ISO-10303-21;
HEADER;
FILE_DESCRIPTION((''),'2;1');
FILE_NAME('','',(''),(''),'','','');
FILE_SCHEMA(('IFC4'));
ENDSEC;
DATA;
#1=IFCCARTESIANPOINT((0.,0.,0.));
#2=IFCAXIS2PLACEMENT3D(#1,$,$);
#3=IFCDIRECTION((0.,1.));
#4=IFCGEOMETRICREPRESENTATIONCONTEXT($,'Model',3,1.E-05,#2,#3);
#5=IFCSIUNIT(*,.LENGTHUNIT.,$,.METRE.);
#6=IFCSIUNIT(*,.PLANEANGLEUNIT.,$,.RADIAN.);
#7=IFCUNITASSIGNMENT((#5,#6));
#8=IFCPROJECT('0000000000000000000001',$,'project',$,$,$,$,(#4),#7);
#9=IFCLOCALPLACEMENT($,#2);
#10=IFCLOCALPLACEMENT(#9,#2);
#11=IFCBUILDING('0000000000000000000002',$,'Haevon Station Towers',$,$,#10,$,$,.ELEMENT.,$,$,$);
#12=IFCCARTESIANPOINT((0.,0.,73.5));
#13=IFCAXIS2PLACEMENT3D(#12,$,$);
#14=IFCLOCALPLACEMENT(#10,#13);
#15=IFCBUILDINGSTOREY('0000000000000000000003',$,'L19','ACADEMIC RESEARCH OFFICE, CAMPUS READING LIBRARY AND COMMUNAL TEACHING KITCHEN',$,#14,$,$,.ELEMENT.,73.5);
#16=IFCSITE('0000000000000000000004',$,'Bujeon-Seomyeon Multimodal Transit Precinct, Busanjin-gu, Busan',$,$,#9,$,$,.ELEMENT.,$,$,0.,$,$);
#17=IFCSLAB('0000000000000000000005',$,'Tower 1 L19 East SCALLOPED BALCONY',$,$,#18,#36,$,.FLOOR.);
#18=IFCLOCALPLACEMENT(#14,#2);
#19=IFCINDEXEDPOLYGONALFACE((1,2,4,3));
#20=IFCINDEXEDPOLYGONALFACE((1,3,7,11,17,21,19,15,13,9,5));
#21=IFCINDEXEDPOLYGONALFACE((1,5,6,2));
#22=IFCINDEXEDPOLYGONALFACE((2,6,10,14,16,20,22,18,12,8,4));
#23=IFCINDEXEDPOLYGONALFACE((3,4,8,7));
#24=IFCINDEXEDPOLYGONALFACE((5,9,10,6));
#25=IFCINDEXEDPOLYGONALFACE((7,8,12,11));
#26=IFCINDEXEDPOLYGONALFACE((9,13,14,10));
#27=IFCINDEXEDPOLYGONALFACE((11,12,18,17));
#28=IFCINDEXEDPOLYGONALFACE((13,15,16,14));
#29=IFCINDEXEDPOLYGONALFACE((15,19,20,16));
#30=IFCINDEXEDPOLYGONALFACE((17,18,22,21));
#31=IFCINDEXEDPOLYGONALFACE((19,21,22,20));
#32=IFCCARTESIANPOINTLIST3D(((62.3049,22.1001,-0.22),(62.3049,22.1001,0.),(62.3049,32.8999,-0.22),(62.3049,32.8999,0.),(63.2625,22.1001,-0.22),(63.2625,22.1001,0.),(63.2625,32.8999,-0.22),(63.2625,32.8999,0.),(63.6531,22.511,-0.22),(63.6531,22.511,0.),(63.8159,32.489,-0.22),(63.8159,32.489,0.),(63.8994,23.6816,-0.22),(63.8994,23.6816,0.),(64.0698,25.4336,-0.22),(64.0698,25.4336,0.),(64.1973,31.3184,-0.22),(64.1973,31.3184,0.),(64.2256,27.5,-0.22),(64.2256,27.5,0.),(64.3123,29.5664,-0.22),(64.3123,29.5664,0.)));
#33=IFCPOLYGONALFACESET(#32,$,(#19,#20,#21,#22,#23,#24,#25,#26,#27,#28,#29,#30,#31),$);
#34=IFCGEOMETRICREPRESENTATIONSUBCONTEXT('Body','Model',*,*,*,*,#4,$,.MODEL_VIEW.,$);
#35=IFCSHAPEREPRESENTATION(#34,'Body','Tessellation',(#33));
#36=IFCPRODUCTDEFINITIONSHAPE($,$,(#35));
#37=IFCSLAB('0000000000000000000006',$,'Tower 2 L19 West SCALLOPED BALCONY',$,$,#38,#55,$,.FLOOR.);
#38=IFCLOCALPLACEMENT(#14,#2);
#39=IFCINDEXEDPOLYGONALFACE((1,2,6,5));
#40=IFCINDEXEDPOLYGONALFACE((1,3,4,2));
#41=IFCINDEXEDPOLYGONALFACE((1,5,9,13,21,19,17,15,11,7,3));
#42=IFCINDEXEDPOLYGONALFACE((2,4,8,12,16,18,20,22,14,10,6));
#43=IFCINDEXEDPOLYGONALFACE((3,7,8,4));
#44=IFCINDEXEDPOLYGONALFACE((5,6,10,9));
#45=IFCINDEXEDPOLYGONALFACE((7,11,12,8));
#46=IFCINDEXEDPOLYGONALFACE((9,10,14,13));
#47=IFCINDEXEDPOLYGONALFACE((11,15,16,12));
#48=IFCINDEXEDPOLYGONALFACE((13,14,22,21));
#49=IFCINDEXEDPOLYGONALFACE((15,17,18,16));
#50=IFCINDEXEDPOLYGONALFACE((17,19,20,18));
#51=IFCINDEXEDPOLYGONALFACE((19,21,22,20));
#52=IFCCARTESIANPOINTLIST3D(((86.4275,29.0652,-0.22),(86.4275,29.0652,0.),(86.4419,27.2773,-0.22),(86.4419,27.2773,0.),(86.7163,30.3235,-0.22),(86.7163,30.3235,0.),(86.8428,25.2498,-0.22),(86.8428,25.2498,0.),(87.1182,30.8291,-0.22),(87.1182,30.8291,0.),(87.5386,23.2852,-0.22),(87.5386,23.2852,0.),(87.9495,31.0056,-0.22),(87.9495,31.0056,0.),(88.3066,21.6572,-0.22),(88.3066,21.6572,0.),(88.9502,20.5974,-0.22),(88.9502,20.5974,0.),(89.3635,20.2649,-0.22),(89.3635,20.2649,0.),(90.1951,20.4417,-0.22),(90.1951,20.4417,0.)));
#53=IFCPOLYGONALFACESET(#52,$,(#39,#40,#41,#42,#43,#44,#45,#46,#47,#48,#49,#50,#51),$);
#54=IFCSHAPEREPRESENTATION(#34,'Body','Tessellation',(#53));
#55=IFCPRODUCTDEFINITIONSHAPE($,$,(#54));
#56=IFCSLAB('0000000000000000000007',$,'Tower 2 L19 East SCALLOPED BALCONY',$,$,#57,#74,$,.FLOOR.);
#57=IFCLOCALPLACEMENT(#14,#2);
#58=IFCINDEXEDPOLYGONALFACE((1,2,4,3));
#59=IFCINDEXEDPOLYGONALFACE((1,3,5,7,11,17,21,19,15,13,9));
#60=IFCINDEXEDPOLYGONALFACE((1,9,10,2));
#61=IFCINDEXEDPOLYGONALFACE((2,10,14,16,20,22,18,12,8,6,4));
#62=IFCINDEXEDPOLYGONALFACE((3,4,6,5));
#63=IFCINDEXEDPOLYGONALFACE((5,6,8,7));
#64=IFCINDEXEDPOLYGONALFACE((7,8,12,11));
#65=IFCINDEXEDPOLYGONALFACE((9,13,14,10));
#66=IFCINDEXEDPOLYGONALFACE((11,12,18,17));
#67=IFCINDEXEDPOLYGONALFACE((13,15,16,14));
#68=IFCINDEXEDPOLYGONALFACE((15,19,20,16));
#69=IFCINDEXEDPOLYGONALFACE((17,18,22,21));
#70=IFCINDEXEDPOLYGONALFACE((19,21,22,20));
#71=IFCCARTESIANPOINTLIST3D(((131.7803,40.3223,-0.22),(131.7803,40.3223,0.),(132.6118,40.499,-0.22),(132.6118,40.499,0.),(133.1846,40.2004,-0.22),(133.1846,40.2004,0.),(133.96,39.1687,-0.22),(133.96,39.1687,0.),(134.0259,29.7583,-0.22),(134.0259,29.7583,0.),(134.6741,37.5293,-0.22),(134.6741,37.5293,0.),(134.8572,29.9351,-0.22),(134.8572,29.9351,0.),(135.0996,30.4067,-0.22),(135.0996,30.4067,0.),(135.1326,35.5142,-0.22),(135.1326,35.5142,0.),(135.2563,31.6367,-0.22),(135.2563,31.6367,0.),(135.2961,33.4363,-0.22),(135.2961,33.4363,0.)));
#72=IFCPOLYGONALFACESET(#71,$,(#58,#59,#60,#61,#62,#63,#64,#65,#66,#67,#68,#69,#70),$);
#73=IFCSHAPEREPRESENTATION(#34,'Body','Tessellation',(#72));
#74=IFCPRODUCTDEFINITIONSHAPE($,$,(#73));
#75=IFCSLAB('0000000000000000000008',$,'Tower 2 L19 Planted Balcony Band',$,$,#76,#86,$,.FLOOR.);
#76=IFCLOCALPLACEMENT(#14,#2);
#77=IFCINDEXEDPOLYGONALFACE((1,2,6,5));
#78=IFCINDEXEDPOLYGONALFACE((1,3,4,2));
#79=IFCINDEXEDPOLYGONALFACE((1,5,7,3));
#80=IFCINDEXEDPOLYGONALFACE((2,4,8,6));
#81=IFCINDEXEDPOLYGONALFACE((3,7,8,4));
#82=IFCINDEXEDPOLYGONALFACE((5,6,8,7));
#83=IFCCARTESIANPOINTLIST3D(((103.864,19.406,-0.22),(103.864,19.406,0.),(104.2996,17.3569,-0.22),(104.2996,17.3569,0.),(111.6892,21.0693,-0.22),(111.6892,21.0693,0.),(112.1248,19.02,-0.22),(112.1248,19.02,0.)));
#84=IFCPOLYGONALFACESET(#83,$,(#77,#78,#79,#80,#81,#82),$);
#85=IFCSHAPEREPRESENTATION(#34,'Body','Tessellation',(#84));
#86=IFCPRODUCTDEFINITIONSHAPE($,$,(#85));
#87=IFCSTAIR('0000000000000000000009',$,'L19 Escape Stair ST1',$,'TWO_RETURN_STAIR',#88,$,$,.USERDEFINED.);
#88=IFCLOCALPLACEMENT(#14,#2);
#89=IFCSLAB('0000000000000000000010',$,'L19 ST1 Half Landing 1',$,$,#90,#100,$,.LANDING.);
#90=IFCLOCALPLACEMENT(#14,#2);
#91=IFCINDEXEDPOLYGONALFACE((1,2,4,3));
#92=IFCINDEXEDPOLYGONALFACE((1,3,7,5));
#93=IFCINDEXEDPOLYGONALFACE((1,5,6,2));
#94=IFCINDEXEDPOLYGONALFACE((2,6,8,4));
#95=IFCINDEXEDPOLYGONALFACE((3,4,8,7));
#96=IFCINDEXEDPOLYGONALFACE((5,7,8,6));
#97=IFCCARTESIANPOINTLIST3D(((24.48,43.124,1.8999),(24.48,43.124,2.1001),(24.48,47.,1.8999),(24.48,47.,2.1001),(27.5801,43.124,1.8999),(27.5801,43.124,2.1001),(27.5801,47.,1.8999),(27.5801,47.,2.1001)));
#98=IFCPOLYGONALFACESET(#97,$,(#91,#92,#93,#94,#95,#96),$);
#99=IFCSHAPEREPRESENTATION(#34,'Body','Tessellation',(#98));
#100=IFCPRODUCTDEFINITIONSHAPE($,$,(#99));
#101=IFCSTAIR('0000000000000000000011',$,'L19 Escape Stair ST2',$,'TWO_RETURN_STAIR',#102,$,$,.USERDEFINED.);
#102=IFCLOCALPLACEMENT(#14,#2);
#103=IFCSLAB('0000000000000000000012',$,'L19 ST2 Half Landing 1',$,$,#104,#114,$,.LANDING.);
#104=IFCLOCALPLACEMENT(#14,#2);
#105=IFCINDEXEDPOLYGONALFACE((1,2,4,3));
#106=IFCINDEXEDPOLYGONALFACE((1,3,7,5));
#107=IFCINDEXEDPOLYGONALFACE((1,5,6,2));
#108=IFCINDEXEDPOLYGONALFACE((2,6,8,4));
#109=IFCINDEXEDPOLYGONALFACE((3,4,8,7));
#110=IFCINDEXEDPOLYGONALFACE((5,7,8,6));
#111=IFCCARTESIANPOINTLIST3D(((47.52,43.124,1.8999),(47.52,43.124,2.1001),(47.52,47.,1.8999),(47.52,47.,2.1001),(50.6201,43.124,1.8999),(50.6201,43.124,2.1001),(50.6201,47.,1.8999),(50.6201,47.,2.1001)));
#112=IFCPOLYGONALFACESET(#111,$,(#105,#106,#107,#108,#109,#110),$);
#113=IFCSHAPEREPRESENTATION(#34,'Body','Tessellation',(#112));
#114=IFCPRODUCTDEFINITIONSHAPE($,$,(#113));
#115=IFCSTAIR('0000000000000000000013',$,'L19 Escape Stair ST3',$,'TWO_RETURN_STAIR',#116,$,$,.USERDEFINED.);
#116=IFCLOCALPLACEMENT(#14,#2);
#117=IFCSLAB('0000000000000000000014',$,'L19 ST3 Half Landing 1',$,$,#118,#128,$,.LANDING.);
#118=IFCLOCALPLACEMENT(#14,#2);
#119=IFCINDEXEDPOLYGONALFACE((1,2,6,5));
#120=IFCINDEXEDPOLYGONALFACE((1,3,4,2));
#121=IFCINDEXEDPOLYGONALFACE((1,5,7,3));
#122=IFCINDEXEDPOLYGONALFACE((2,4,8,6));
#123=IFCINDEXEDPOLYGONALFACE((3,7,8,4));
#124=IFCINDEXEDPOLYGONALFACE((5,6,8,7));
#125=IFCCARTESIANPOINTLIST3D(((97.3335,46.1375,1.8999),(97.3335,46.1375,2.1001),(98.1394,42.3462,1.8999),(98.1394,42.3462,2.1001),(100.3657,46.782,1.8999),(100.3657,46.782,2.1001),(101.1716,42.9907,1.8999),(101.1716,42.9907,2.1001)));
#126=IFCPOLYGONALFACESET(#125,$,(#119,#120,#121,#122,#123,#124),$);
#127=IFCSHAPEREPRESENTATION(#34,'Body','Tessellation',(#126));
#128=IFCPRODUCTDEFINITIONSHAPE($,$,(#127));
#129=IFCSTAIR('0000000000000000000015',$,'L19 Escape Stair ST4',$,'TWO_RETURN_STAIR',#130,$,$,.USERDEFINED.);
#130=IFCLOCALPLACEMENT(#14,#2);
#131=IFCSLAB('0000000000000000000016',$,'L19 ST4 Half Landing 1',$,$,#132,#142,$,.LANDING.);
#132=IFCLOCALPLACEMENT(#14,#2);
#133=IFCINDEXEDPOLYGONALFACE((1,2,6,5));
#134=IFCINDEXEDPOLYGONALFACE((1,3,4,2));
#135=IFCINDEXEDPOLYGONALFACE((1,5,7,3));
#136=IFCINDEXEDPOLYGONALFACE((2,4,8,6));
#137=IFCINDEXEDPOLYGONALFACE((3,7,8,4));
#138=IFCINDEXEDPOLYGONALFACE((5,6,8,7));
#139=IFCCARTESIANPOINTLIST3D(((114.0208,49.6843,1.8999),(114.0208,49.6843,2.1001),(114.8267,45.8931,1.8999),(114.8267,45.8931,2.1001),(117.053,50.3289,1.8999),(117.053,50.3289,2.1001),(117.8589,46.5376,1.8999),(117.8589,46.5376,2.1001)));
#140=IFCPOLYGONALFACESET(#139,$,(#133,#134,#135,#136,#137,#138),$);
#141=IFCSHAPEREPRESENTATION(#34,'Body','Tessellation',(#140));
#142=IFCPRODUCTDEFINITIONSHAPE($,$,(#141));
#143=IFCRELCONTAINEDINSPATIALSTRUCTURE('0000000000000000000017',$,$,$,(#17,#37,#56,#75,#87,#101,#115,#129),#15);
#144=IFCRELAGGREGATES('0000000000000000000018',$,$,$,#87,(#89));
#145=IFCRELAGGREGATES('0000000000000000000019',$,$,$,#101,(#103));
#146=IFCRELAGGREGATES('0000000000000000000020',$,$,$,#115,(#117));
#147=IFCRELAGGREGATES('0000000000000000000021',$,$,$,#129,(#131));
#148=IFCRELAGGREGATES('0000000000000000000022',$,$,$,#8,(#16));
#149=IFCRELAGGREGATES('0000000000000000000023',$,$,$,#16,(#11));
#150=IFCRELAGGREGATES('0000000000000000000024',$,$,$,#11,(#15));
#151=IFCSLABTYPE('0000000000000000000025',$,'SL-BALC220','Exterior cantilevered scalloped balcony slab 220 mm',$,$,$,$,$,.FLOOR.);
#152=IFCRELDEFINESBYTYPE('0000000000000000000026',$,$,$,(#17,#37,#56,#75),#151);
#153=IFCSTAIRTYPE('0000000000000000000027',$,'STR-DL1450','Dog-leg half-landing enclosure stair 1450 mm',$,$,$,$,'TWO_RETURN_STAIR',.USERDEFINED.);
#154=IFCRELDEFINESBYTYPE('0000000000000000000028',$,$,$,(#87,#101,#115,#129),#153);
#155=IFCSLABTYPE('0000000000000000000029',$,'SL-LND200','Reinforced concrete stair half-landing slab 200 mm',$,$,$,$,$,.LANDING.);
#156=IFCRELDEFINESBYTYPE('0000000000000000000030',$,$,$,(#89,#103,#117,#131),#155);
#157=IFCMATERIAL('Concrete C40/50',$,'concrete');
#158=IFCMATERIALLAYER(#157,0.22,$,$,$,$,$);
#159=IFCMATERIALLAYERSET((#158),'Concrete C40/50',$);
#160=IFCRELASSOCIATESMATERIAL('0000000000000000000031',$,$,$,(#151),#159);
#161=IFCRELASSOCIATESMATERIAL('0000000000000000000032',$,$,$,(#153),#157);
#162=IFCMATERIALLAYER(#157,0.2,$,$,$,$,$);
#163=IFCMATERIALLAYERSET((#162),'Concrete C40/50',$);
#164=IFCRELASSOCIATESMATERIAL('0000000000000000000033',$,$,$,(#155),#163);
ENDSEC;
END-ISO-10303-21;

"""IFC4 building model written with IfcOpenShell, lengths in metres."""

from ifc_helpers import new_model, si_unit, direction, frame, origin, place, context, subcontext, project, spatial, polyline, outline, extrude, material, layer, layer_set, type_object, element, aggregate, save


model = new_model("IFC4")

# Units and contexts
model_context = context("Model", 3, precision=1e-05, world=origin(), true_north=direction((0.0, 1.0)))
body_context = subcontext(model_context, "Body", "Model", "MODEL_VIEW")
ifc_project = project(units=[si_unit("LENGTHUNIT", "METRE"), si_unit("PLANEANGLEUNIT", "RADIAN")], contexts=[model_context])

# Site, building, storey
site_placement = place(None, origin())
site = spatial("IfcSite", under=ifc_project, at=site_placement, Name="Bujeon-Seomyeon Multimodal Transit Precinct, Busanjin-gu, Busan", CompositionType="ELEMENT", RefElevation=0.0)
building_placement = place(site_placement, origin())
building = spatial("IfcBuilding", under=site, at=building_placement, Name="Haevon Station Towers", CompositionType="ELEMENT")
storey_placement = place(building_placement, frame((0.0, 0.0, 73.5)))
storey = spatial("IfcBuildingStorey", under=building, at=storey_placement, Name="L19", Description="ACADEMIC RESEARCH OFFICE, CAMPUS READING LIBRARY AND COMMUNAL TEACHING KITCHEN", CompositionType="ELEMENT", Elevation=73.5)

# Slabs
ifc_material_1 = material(Name="Concrete C40/50", Category="concrete")
ifc_layer_1 = layer(ifc_material_1, 0.22)
ifc_layer_set_1 = layer_set([ifc_layer_1], Name="Concrete C40/50")
slab_type_1 = type_object("IfcSlabType", Name="SL-BALC220", Description="Exterior cantilevered scalloped balcony slab 220 mm", PredefinedType="FLOOR", material=ifc_layer_set_1)
slab_1_placement = place(storey_placement, frame((0.0, 0.0, -0.22)))
element("IfcSlab", 1, at=slab_1_placement, inside=storey, type_object=slab_type_1, Name="Tower 1 L19 East SCALLOPED BALCONY", PredefinedType="FLOOR", context=body_context, shape_type="SweptSolid", body=[
    extrude(outline(polyline([(62.3049, 22.1001), (63.2625, 22.1001), (63.6531, 22.511), (63.8994, 23.6816), (64.0698, 25.4336), (64.2256, 27.5), (64.3123, 29.5664), (64.1973, 31.3184), (63.8159, 32.489), (63.2625, 32.8999), (62.3049, 32.8999), (62.3049, 22.1001)])), origin(), (0.0, 0.0, 1.0), 0.22),
])
slab_2_placement = place(storey_placement, frame((0.0, 0.0, -0.22)))
element("IfcSlab", 2, at=slab_2_placement, inside=storey, type_object=slab_type_1, Name="Tower 2 L19 West SCALLOPED BALCONY", PredefinedType="FLOOR", context=body_context, shape_type="SweptSolid", body=[
    extrude(outline(polyline([(87.9495, 31.0056), (87.1182, 30.8291), (86.7163, 30.3235), (86.4275, 29.0652), (86.4419, 27.2773), (86.8428, 25.2498), (87.5386, 23.2852), (88.3066, 21.6572), (88.9502, 20.5974), (89.3635, 20.2649), (90.1951, 20.4417), (87.9495, 31.0056)])), origin(), (0.0, 0.0, 1.0), 0.22),
])
slab_3_placement = place(storey_placement, frame((0.0, 0.0, -0.22)))
element("IfcSlab", 3, at=slab_3_placement, inside=storey, type_object=slab_type_1, Name="Tower 2 L19 East SCALLOPED BALCONY", PredefinedType="FLOOR", context=body_context, shape_type="SweptSolid", body=[
    extrude(outline(polyline([(134.0259, 29.7583), (134.8572, 29.9351), (135.0996, 30.4067), (135.2563, 31.6367), (135.2961, 33.4363), (135.1326, 35.5142), (134.6741, 37.5293), (133.96, 39.1687), (133.1846, 40.2004), (132.6118, 40.499), (131.7803, 40.3223), (134.0259, 29.7583)])), origin(), (0.0, 0.0, 1.0), 0.22),
])
slab_4_placement = place(storey_placement, frame((0.0, 0.0, -0.22)))
element("IfcSlab", 4, at=slab_4_placement, inside=storey, type_object=slab_type_1, Name="Tower 2 L19 Planted Balcony Band", PredefinedType="FLOOR", context=body_context, shape_type="SweptSolid", body=[
    extrude(outline(polyline([(104.2996, 17.3569), (112.1248, 19.02), (111.6892, 21.0693), (103.864, 19.406), (104.2996, 17.3569)])), origin(), (0.0, 0.0, 1.0), 0.22),
])

# Stairs, slabs
stair_type = type_object("IfcStairType", Name="STR-DL1450", Description="Dog-leg half-landing enclosure stair 1450 mm", ElementType="TWO_RETURN_STAIR", PredefinedType="USERDEFINED", material=ifc_material_1)
stair_1_placement = place(storey_placement, origin())
stair_1 = element("IfcStair", 5, at=stair_1_placement, inside=storey, type_object=stair_type, Name="L19 Escape Stair ST1", ObjectType="TWO_RETURN_STAIR", PredefinedType="USERDEFINED")
ifc_layer_2 = layer(ifc_material_1, 0.2)
ifc_layer_set_2 = layer_set([ifc_layer_2], Name="Concrete C40/50")
slab_type_2 = type_object("IfcSlabType", Name="SL-LND200", Description="Reinforced concrete stair half-landing slab 200 mm", PredefinedType="LANDING", material=ifc_layer_set_2)
slab_5_placement = place(storey_placement, frame((0.0, 0.0, 1.8999)))
slab_5 = element("IfcSlab", 6, at=slab_5_placement, type_object=slab_type_2, Name="L19 ST1 Half Landing 1", PredefinedType="LANDING", context=body_context, shape_type="SweptSolid", body=[
    extrude(outline(polyline([(27.5801, 43.124), (27.5801, 47.0), (24.48, 47.0), (24.48, 43.124), (27.5801, 43.124)])), origin(), (0.0, 0.0, 1.0), 0.2002),
])
aggregate(stair_1, [slab_5])
stair_2_placement = place(storey_placement, origin())
stair_2 = element("IfcStair", 7, at=stair_2_placement, inside=storey, type_object=stair_type, Name="L19 Escape Stair ST2", ObjectType="TWO_RETURN_STAIR", PredefinedType="USERDEFINED")
slab_6_placement = place(storey_placement, frame((0.0, 0.0, 1.8999)))
slab_6 = element("IfcSlab", 8, at=slab_6_placement, type_object=slab_type_2, Name="L19 ST2 Half Landing 1", PredefinedType="LANDING", context=body_context, shape_type="SweptSolid", body=[
    extrude(outline(polyline([(50.6201, 43.124), (50.6201, 47.0), (47.52, 47.0), (47.52, 43.124), (50.6201, 43.124)])), origin(), (0.0, 0.0, 1.0), 0.2002),
])
aggregate(stair_2, [slab_6])
stair_3_placement = place(storey_placement, origin())
stair_3 = element("IfcStair", 9, at=stair_3_placement, inside=storey, type_object=stair_type, Name="L19 Escape Stair ST3", ObjectType="TWO_RETURN_STAIR", PredefinedType="USERDEFINED")
slab_7_placement = place(storey_placement, frame((0.0, 0.0, 1.8999)))
slab_7 = element("IfcSlab", 10, at=slab_7_placement, type_object=slab_type_2, Name="L19 ST3 Half Landing 1", PredefinedType="LANDING", context=body_context, shape_type="SweptSolid", body=[
    extrude(outline(polyline([(101.1716, 42.9907), (100.3657, 46.782), (97.3335, 46.1375), (98.1394, 42.3462), (101.1716, 42.9907)])), origin(), (0.0, 0.0, 1.0), 0.2002),
])
aggregate(stair_3, [slab_7])
stair_4_placement = place(storey_placement, origin())
stair_4 = element("IfcStair", 11, at=stair_4_placement, inside=storey, type_object=stair_type, Name="L19 Escape Stair ST4", ObjectType="TWO_RETURN_STAIR", PredefinedType="USERDEFINED")
slab_8_placement = place(storey_placement, frame((0.0, 0.0, 1.8999)))
slab_8 = element("IfcSlab", 12, at=slab_8_placement, type_object=slab_type_2, Name="L19 ST4 Half Landing 1", PredefinedType="LANDING", context=body_context, shape_type="SweptSolid", body=[
    extrude(outline(polyline([(117.8589, 46.5376), (117.053, 50.3289), (114.0208, 49.6843), (114.8267, 45.8931), (117.8589, 46.5376)])), origin(), (0.0, 0.0, 1.0), 0.2002),
])
aggregate(stair_4, [slab_8])

save(model, "model.ifc")
